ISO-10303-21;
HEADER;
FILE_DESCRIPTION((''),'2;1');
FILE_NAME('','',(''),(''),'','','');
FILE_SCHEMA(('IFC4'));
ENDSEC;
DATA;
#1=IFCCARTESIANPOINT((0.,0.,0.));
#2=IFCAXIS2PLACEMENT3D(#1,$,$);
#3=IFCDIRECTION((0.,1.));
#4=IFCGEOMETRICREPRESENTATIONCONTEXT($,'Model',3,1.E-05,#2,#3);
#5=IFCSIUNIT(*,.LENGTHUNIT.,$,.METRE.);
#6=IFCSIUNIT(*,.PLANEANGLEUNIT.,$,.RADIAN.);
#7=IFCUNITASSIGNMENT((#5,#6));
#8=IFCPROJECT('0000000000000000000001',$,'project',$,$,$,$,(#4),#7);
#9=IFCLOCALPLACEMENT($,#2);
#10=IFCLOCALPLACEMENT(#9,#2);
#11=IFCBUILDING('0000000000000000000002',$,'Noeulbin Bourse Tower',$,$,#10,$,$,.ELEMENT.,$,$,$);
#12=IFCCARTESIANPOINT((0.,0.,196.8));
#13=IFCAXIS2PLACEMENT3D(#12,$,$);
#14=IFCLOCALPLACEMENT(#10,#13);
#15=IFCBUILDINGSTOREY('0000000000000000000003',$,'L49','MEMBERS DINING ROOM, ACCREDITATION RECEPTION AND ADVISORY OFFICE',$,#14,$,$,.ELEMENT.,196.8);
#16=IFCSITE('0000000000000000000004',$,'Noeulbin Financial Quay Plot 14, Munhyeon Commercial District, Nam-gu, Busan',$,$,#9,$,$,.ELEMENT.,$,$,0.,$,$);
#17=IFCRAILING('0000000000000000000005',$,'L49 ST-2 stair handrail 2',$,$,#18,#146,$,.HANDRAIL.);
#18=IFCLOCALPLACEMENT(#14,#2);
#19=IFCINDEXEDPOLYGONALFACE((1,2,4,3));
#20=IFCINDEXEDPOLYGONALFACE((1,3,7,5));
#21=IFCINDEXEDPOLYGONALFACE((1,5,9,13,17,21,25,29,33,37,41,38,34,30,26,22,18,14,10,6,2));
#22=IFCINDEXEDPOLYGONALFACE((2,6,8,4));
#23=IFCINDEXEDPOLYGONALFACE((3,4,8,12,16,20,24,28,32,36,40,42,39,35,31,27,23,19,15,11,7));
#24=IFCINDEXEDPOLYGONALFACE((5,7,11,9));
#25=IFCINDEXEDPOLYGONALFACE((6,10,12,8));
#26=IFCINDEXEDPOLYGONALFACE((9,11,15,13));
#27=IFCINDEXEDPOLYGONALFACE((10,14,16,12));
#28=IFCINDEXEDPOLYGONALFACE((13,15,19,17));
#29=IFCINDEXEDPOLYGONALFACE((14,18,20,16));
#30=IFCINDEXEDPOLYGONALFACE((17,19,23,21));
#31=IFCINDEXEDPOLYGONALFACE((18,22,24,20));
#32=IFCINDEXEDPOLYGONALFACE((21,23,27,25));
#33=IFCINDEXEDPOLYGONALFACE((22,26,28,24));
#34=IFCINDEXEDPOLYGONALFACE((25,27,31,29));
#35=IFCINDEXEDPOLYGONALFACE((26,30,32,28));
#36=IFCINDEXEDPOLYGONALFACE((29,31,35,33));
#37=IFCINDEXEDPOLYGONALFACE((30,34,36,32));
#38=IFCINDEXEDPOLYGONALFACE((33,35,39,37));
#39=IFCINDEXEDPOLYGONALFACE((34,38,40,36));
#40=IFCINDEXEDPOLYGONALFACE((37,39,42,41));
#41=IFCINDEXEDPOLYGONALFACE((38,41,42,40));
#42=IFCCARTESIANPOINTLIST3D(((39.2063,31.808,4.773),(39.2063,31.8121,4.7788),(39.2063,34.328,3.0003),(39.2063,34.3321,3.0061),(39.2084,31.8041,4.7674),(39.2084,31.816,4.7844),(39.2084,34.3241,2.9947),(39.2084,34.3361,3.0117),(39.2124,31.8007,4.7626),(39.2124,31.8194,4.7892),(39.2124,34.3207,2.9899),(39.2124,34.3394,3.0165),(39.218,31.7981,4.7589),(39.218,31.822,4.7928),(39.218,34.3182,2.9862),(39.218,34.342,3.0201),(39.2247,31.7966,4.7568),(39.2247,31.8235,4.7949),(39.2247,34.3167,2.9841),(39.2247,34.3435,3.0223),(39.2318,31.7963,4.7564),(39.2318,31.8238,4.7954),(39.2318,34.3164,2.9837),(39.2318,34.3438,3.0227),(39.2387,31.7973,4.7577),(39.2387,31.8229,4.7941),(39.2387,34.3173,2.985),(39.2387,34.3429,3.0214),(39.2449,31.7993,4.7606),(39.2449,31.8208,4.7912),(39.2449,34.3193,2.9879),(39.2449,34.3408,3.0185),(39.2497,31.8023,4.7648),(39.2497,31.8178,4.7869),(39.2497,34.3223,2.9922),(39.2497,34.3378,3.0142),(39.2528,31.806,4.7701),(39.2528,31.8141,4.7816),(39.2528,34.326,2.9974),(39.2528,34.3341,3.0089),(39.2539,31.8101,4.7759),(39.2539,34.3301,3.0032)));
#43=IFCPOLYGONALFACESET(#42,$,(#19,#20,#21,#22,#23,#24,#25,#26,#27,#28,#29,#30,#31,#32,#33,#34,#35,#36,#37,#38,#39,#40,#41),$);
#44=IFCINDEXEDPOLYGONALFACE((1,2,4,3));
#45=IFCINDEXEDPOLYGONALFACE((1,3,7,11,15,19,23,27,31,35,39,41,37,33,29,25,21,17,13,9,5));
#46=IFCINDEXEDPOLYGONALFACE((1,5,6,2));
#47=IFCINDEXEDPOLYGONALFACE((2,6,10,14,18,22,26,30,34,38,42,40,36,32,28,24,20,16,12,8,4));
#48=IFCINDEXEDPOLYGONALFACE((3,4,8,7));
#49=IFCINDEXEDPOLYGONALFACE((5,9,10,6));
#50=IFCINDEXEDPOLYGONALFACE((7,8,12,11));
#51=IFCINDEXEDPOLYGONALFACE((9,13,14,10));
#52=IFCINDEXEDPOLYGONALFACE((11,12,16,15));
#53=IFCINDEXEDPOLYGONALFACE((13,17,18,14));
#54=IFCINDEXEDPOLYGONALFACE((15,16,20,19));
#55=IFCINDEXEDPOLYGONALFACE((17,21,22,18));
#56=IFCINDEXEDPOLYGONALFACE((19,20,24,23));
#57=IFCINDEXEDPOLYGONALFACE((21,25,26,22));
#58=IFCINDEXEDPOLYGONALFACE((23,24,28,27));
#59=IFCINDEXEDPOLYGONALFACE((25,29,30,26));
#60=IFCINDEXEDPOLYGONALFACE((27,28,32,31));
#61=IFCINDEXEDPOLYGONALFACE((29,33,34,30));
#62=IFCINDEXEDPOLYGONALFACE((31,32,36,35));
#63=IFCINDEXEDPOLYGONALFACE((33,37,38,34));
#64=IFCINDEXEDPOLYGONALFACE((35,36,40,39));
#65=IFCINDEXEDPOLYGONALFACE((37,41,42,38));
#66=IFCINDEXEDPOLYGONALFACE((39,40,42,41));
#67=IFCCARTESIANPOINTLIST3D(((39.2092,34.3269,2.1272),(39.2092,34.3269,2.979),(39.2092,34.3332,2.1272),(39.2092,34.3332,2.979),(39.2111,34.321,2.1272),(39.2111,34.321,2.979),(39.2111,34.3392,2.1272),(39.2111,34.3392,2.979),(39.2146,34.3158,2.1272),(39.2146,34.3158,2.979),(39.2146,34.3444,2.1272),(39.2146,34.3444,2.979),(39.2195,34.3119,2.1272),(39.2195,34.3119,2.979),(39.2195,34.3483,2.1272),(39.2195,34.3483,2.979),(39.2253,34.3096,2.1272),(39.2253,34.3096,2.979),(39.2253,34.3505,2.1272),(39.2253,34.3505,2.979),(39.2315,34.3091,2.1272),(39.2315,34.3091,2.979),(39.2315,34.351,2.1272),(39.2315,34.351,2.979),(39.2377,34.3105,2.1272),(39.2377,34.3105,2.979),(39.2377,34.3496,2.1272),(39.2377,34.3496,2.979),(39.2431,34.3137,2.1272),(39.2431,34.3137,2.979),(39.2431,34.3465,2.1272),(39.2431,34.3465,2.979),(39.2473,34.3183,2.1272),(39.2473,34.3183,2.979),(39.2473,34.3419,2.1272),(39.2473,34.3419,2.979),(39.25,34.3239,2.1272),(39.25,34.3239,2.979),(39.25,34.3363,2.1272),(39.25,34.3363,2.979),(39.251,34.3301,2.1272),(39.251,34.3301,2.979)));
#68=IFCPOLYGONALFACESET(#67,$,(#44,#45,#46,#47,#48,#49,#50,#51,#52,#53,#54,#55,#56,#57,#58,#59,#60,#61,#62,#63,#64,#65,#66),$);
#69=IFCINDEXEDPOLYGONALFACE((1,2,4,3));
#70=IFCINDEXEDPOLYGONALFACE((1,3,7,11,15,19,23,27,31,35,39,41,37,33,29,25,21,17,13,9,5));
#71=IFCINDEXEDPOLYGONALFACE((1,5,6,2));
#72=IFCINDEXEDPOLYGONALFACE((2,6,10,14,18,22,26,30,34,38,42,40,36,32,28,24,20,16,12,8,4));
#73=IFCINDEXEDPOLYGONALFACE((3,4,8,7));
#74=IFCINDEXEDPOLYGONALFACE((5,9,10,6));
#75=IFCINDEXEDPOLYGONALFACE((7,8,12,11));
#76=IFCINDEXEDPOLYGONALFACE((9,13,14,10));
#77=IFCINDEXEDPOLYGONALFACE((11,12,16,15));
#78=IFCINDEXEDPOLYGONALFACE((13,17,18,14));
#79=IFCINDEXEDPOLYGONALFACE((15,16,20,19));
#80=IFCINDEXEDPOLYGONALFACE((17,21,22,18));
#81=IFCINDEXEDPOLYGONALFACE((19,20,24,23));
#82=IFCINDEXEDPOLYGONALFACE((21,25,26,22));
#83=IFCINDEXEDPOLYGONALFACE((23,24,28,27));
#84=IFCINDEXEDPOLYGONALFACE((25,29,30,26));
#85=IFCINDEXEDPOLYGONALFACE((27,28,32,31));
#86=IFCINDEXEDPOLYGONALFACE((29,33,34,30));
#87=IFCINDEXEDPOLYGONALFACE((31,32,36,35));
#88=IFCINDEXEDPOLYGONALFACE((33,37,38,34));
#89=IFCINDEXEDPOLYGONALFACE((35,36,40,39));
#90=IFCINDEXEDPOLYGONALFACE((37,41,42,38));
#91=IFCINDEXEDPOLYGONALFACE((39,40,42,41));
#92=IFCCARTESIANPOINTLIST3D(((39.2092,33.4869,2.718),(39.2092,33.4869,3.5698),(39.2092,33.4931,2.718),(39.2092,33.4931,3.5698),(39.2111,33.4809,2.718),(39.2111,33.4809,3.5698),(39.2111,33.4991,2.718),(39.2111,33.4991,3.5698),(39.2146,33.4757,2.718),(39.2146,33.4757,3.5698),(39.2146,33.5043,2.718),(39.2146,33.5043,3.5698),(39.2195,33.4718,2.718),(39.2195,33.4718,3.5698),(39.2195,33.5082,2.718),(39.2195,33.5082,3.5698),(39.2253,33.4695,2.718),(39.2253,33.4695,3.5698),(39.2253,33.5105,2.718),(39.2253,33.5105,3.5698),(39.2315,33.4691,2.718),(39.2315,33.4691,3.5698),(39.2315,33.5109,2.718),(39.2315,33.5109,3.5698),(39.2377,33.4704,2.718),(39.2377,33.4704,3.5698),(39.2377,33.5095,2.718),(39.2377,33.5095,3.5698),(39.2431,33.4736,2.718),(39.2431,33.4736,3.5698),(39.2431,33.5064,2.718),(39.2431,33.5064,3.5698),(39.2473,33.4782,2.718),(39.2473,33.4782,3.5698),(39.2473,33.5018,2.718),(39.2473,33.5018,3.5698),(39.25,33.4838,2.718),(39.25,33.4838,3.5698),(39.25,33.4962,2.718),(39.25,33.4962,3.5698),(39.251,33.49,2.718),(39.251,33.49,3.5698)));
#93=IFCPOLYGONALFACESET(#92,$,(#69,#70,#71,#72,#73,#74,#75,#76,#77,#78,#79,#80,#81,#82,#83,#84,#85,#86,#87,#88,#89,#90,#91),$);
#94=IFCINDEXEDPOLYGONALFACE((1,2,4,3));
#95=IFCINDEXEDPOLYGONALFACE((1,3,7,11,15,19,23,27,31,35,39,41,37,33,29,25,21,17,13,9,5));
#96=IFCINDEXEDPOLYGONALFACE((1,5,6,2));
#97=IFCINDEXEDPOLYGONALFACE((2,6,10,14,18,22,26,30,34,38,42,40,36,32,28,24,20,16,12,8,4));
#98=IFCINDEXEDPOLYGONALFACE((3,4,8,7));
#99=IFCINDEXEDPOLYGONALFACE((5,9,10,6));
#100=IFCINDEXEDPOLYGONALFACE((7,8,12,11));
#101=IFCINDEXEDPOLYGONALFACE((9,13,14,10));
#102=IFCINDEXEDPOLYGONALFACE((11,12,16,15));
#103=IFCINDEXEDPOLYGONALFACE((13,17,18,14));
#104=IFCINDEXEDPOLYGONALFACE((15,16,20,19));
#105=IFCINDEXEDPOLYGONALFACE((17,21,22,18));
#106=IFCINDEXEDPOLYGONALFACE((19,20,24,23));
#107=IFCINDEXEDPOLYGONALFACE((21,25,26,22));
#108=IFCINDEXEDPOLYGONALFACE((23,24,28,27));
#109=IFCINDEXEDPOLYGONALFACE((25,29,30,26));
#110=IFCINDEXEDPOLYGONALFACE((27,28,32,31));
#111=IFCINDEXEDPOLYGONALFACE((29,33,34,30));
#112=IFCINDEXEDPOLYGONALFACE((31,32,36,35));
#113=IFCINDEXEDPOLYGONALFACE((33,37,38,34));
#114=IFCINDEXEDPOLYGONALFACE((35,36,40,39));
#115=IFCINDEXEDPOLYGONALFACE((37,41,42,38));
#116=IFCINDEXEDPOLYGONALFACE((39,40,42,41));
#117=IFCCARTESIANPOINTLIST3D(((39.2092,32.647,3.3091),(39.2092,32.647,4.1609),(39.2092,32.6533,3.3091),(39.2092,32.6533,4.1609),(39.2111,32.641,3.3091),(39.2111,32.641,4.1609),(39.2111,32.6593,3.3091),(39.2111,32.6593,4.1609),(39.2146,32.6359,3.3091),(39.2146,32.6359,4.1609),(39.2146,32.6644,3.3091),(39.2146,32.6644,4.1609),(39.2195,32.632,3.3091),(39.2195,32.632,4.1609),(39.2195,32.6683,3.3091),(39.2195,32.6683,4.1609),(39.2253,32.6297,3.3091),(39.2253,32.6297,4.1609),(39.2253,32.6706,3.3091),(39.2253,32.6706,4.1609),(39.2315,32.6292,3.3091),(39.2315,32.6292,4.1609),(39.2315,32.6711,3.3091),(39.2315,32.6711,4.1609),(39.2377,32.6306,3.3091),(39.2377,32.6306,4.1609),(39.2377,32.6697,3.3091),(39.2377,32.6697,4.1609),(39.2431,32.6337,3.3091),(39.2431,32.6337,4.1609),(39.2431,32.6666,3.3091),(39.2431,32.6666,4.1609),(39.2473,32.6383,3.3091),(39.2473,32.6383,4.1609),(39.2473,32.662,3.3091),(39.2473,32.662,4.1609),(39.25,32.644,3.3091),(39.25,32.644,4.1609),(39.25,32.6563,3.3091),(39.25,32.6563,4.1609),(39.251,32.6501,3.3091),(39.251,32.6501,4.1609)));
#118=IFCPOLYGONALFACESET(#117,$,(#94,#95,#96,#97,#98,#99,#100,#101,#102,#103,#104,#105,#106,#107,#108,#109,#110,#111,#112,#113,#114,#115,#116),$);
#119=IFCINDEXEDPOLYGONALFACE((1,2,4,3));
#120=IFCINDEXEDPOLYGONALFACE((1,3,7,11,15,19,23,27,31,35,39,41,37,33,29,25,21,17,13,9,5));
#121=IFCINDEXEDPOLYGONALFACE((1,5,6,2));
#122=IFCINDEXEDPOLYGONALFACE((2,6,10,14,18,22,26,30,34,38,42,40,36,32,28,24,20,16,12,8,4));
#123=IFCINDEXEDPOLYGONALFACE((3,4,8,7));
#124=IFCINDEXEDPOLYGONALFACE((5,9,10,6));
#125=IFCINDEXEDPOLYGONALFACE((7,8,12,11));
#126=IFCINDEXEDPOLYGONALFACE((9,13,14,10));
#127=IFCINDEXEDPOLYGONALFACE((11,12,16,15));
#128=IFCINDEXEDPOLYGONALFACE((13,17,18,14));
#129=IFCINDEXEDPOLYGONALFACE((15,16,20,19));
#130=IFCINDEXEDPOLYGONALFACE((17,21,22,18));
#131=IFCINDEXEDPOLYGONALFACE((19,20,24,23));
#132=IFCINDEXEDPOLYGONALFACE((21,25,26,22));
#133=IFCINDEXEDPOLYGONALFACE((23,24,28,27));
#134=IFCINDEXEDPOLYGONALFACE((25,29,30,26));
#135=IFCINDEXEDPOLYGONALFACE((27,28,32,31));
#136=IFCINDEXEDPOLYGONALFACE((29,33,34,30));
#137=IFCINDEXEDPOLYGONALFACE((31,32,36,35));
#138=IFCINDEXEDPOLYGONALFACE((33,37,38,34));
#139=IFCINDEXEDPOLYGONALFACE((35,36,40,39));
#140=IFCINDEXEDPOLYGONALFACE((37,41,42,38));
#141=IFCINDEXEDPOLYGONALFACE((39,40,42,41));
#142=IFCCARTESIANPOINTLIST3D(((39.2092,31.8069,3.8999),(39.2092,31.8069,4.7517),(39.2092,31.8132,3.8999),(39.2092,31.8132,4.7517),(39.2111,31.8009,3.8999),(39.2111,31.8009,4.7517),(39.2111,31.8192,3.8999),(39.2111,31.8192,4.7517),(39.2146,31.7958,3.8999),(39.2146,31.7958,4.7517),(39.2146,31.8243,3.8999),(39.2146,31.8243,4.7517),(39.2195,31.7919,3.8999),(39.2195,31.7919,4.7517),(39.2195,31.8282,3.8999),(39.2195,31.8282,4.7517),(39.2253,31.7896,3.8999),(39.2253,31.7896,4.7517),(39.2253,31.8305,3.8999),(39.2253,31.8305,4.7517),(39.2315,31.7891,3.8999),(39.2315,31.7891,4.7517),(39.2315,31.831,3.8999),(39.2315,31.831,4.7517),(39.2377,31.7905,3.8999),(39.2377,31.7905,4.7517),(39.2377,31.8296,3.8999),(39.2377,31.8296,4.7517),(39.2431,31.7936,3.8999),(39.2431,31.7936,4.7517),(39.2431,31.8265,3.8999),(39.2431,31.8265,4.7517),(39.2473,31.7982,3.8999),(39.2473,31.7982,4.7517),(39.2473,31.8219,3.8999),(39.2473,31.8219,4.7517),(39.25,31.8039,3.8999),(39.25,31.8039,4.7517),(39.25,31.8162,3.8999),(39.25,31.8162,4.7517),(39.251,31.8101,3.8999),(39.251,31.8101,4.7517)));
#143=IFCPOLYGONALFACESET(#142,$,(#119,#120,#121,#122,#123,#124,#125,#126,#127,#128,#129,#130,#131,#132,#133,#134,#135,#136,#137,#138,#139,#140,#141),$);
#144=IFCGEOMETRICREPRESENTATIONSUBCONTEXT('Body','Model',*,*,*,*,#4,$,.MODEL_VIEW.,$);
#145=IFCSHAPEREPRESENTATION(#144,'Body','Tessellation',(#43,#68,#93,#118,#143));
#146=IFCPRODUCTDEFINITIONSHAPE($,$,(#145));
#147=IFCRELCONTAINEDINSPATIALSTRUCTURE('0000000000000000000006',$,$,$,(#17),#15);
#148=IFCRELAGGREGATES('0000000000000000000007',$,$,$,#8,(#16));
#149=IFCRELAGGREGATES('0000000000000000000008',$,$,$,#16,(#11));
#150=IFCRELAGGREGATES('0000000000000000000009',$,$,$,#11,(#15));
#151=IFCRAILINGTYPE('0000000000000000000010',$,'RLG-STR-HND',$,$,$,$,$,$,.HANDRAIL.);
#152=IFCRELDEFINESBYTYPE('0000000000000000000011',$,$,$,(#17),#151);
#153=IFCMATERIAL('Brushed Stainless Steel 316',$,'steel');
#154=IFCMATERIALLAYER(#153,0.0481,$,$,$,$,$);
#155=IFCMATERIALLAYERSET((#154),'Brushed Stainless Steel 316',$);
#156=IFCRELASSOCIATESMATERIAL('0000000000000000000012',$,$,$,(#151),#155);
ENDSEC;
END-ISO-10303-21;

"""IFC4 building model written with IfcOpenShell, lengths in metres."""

from ifc_helpers import new_model, si_unit, direction, frame, origin, origin_2d, place, context, subcontext, project, spatial, circle, extrude, material, layer, layer_set, type_object, element, save


model = new_model("IFC4")

# Units and contexts
model_context = context("Model", 3, precision=1e-05, world=origin(), true_north=direction((0.0, 1.0)))
body_context = subcontext(model_context, "Body", "Model", "MODEL_VIEW")
ifc_project = project(units=[si_unit("LENGTHUNIT", "METRE"), si_unit("PLANEANGLEUNIT", "RADIAN")], contexts=[model_context])

# Site, building, storey
site_placement = place(None, origin())
site = spatial("IfcSite", under=ifc_project, at=site_placement, Name="Noeulbin Financial Quay Plot 14, Munhyeon Commercial District, Nam-gu, Busan", CompositionType="ELEMENT", RefElevation=0.0)
building_placement = place(site_placement, origin())
building = spatial("IfcBuilding", under=site, at=building_placement, Name="Noeulbin Bourse Tower", CompositionType="ELEMENT")
storey_placement = place(building_placement, frame((0.0, 0.0, 196.8)))
storey = spatial("IfcBuildingStorey", under=building, at=storey_placement, Name="L49", Description="MEMBERS DINING ROOM, ACCREDITATION RECEPTION AND ADVISORY OFFICE", CompositionType="ELEMENT", Elevation=196.8)

# Railing
ifc_material_1 = material(Name="Brushed Stainless Steel 316", Category="steel")
ifc_layer_1 = layer(ifc_material_1, 0.0481)
ifc_layer_set_1 = layer_set([ifc_layer_1], Name="Brushed Stainless Steel 316")
railing_type_1 = type_object("IfcRailingType", Name="RLG-STR-HND", PredefinedType="HANDRAIL", material=ifc_layer_set_1)
railing_1_placement = place(storey_placement, frame((39.23, 34.3301, 2.1272)))
element("IfcRailing", 1, at=railing_1_placement, inside=storey, type_object=railing_type_1, Name="L49 ST-2 stair handrail 2", PredefinedType="HANDRAIL", context=body_context, shape_type="SweptSolid", body=[
    extrude(circle(Radius=0.0239, at=origin_2d()), frame((0.0, 0.0, 0.876), z_axis=(0.0, -0.817904, 0.575354), x_axis=(1.0, 0.0, 0.0)), (0.0, 0.0, 1.0), 3.0811),
    extrude(circle(Radius=0.021, at=origin_2d()), origin(), (0.0, 0.0, 1.0), 0.8518),
    extrude(circle(Radius=0.021, at=origin_2d()), frame((0.0, -0.8401, 0.5908)), (0.0, 0.0, 1.0), 0.8518),
    extrude(circle(Radius=0.021, at=origin_2d()), frame((0.0, -1.6799, 1.1819)), (0.0, 0.0, 1.0), 0.8518),
    extrude(circle(Radius=0.021, at=origin_2d()), frame((0.0, -2.52, 1.7727)), (0.0, 0.0, 1.0), 0.8518),
])

save(model, "model.ifc")
